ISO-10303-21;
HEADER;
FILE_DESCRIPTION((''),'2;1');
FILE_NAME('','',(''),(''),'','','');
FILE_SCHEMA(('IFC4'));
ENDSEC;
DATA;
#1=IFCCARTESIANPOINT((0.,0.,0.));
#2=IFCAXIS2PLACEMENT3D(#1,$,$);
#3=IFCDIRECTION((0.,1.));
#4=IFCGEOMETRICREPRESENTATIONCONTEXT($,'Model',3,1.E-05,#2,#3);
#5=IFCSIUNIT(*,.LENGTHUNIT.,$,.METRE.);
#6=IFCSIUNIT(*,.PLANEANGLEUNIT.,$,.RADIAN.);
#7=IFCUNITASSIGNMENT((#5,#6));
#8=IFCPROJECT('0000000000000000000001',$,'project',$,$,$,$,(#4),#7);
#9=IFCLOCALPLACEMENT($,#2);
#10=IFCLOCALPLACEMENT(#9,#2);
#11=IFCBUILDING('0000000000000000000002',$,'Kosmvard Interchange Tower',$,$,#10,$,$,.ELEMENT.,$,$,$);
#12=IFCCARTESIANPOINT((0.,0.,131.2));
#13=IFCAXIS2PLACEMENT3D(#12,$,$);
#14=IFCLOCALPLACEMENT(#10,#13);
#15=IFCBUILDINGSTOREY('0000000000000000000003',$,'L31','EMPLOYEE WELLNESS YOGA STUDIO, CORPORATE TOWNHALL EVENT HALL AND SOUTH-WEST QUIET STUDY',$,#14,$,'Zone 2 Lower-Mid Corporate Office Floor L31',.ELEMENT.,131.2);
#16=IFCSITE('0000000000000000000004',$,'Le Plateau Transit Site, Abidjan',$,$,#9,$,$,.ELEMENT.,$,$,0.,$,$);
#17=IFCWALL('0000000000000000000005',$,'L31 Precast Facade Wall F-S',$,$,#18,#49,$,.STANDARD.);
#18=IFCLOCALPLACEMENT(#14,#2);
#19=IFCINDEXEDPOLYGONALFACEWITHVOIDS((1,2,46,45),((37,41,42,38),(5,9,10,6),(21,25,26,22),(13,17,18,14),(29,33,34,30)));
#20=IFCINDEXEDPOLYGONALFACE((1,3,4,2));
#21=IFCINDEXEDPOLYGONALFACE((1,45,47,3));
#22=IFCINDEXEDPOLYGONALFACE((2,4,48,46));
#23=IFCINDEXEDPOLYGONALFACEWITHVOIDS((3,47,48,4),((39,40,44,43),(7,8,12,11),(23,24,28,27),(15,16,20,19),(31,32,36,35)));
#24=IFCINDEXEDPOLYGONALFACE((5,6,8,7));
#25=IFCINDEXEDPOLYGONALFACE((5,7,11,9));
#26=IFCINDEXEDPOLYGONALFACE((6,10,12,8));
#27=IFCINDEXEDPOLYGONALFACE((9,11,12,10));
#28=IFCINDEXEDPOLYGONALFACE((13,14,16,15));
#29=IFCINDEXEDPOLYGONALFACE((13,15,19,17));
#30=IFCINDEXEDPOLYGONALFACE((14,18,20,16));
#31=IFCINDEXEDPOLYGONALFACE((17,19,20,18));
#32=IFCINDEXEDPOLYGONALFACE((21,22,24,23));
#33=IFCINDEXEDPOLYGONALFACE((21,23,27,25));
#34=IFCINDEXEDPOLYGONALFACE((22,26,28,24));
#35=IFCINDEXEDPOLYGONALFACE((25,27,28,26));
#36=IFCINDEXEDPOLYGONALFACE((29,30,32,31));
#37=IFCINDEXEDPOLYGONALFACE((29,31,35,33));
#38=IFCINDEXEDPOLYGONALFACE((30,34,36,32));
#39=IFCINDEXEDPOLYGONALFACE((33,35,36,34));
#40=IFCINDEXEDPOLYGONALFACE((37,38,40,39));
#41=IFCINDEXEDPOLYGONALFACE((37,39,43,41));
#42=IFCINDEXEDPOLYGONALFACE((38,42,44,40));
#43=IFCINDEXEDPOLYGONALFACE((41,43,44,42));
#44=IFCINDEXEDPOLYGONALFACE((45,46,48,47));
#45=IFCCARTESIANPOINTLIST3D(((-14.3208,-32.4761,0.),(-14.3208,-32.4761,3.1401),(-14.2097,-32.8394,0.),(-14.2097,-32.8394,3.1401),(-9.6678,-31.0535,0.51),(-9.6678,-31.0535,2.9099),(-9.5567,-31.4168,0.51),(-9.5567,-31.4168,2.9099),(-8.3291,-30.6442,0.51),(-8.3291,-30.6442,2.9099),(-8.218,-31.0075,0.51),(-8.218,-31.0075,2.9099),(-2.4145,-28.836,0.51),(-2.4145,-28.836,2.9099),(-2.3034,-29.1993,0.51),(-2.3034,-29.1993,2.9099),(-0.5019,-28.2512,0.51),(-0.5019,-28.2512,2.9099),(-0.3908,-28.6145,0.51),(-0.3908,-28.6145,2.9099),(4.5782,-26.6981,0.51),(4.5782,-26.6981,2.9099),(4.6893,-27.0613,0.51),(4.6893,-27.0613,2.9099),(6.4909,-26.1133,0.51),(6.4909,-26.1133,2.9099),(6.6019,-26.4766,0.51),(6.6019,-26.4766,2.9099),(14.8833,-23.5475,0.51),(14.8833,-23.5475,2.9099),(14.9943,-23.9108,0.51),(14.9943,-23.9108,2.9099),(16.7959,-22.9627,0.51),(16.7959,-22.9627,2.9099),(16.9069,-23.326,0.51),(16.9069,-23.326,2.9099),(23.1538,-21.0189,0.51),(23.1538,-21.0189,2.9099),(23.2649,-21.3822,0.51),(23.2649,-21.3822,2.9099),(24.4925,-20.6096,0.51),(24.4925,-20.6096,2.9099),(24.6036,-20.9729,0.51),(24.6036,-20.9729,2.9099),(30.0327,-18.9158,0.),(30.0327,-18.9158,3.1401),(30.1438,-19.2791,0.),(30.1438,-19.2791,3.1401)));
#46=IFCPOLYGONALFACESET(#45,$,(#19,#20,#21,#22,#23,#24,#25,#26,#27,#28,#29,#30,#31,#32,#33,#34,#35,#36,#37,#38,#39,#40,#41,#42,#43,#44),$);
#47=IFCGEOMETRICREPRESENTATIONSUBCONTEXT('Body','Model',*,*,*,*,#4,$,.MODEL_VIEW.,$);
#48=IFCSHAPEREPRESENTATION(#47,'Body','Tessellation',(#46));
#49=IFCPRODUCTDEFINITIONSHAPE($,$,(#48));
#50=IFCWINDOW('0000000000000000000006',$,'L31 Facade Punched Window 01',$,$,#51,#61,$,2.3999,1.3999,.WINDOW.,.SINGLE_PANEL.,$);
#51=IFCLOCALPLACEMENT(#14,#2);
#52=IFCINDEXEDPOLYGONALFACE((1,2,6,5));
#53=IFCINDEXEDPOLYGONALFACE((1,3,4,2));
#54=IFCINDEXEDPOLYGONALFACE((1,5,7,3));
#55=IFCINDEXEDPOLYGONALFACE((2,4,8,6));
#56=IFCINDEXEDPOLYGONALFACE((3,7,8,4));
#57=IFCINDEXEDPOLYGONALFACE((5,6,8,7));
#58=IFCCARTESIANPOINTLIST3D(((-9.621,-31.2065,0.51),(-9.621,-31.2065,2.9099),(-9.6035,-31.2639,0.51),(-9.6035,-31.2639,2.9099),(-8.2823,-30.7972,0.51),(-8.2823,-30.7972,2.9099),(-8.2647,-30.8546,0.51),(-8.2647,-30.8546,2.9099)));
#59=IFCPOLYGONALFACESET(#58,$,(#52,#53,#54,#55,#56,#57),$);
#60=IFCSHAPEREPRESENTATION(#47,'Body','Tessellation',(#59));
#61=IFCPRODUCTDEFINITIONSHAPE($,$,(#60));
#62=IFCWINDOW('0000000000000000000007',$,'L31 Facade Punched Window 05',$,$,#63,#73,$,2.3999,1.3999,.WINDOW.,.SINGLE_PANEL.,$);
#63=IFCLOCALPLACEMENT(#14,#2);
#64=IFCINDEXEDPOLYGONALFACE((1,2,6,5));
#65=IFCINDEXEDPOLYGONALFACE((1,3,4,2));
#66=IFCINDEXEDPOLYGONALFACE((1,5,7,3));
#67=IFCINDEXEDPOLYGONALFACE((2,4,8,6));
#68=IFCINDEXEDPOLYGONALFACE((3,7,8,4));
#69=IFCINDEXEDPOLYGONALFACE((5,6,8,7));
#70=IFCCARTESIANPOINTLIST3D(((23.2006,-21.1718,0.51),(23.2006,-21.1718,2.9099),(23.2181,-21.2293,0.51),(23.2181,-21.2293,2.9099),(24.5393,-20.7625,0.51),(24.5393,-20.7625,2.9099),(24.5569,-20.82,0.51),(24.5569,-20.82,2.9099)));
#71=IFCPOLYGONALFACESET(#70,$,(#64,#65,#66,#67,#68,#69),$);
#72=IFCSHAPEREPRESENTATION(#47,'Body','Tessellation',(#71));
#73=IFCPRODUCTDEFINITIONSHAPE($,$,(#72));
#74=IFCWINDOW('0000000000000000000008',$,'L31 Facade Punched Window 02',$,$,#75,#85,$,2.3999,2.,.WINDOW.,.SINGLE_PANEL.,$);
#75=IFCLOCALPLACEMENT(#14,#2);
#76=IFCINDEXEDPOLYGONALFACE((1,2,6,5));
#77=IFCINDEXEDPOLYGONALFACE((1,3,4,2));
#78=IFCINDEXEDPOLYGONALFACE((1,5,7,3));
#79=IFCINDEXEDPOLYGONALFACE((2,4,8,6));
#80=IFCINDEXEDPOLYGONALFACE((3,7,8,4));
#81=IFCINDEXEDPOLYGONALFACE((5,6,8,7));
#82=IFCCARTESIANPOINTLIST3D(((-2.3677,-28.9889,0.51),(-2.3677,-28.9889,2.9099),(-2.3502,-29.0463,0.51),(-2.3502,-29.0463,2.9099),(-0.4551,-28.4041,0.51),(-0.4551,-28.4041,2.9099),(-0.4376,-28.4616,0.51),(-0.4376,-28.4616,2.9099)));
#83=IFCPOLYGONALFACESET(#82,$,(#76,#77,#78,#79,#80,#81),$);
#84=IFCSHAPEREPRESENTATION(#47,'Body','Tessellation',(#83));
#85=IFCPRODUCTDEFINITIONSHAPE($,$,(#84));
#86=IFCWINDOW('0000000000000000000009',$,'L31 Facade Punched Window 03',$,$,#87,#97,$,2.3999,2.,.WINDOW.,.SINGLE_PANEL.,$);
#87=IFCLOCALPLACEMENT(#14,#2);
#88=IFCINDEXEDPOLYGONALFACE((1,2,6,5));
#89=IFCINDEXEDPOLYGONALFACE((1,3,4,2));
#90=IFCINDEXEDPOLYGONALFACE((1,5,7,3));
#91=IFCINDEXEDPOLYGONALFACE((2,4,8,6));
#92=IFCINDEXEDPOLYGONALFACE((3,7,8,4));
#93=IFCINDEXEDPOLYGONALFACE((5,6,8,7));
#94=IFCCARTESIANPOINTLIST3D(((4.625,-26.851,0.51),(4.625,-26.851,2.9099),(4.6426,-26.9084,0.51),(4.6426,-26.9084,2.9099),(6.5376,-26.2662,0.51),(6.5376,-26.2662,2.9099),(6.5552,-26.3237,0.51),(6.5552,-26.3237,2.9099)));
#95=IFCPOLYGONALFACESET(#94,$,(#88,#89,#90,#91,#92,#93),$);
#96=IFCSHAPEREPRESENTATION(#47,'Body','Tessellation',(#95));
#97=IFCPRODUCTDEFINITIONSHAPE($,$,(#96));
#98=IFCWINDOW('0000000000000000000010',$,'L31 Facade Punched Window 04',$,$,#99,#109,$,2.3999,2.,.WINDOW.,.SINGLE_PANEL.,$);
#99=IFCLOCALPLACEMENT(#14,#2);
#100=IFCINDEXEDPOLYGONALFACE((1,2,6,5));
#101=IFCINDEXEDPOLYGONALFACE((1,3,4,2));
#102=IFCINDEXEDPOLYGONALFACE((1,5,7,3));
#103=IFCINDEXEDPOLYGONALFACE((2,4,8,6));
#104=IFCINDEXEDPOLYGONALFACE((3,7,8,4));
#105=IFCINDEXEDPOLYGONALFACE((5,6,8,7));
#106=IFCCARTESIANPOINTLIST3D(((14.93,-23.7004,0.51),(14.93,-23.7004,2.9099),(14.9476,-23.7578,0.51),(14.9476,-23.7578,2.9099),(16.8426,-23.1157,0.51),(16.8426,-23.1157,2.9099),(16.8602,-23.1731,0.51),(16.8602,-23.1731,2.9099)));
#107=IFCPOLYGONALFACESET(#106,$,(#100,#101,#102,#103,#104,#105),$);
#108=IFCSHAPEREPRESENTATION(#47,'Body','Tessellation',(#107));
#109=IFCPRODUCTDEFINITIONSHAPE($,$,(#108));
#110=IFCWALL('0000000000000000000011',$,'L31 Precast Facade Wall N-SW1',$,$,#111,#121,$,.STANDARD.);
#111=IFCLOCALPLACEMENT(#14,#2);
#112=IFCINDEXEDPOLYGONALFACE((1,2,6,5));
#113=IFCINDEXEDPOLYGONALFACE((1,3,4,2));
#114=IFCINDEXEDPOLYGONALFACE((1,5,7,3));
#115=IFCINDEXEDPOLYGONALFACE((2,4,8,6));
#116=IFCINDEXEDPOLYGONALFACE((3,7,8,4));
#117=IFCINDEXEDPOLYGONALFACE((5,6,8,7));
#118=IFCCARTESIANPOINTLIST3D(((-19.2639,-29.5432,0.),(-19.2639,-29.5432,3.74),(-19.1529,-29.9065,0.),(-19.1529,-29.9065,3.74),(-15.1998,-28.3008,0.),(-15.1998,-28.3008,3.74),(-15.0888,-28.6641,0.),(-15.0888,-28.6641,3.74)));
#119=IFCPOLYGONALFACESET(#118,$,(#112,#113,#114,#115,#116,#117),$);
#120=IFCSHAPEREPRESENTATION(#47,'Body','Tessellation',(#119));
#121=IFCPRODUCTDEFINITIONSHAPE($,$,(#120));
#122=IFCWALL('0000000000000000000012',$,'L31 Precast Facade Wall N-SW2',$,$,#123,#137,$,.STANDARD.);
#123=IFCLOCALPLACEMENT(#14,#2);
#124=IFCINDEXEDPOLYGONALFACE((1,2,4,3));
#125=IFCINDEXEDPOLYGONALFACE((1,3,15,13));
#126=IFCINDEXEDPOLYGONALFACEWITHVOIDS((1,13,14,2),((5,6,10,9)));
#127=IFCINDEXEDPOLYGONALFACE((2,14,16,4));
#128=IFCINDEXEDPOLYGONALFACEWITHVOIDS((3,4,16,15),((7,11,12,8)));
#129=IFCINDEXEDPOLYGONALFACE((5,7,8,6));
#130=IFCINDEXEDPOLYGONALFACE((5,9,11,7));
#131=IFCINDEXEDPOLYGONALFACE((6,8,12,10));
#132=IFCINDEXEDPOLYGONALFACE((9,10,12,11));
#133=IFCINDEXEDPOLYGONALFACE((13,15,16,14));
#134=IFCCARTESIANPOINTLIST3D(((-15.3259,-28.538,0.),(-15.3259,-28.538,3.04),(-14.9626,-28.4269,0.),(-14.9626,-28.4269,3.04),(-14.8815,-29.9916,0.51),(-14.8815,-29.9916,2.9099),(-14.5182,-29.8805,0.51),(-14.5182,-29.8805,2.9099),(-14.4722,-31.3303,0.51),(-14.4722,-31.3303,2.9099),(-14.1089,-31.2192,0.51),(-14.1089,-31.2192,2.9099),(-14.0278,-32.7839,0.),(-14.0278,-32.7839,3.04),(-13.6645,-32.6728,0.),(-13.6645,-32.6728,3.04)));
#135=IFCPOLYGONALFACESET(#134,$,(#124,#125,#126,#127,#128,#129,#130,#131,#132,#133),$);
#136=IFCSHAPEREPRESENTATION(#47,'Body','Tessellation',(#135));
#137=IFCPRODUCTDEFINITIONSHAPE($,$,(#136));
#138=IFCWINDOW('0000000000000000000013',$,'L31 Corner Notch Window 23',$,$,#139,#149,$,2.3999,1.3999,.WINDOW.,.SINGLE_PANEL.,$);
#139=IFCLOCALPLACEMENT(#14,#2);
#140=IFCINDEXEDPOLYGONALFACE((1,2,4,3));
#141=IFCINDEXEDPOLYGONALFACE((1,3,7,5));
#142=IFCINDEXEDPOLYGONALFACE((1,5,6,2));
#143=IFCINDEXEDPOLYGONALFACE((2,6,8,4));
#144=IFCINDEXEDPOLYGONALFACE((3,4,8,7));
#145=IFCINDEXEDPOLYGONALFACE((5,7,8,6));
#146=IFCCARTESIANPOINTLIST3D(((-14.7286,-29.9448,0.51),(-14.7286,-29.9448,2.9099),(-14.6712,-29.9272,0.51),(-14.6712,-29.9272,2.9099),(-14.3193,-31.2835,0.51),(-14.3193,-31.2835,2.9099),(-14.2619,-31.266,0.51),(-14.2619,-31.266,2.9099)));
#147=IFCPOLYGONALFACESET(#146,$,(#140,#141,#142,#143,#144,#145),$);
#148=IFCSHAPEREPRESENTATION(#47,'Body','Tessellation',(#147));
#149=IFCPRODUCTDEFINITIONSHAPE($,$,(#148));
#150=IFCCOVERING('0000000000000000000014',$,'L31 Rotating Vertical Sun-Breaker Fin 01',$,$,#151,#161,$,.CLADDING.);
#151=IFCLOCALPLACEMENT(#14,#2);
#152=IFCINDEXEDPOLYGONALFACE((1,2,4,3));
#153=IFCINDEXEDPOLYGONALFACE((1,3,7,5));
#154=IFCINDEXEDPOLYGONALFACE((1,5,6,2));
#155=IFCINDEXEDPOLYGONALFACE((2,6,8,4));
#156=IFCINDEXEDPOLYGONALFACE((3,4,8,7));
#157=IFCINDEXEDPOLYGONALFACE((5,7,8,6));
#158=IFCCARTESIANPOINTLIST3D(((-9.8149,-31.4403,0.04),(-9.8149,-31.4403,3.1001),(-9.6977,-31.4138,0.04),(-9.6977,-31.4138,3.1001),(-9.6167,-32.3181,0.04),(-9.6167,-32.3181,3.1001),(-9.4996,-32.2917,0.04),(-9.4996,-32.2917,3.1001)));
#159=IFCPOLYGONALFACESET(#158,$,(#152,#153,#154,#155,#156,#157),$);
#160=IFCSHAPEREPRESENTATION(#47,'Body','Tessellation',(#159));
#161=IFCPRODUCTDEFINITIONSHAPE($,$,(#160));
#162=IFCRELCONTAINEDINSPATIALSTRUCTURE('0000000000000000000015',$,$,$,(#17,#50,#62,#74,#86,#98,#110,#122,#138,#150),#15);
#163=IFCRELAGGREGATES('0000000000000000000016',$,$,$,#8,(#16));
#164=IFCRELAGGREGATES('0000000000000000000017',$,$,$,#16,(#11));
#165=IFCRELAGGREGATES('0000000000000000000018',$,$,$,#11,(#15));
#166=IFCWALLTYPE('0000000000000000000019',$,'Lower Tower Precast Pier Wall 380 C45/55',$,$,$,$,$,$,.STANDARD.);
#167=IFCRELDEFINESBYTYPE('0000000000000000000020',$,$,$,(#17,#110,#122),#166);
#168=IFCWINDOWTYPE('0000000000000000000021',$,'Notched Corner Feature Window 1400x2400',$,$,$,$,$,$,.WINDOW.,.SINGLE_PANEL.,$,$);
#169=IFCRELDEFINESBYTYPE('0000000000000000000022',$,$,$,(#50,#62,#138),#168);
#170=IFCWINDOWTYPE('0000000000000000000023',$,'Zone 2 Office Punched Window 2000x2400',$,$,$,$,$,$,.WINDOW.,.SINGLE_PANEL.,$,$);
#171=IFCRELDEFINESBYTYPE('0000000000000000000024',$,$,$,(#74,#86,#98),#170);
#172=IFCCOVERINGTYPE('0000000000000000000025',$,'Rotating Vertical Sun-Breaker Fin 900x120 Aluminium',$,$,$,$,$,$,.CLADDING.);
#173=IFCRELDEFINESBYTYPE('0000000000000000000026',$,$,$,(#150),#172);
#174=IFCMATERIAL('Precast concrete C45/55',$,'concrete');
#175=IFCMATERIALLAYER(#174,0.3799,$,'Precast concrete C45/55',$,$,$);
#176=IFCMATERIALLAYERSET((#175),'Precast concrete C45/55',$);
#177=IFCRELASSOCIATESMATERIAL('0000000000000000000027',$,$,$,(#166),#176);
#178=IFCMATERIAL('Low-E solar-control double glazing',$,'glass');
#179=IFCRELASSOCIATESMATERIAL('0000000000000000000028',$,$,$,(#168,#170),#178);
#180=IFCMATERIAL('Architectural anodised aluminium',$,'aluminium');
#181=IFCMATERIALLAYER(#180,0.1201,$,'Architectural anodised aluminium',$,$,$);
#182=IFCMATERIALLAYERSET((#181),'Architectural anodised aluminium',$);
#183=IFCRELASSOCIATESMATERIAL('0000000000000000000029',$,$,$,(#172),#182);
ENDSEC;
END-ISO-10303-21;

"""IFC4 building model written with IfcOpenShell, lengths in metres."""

from ifc_helpers import new_model, si_unit, direction, frame, frame_2d, origin, origin_2d, place, context, subcontext, project, spatial, rectangle, extrude, source, transform, mapped, material, layer, layer_set, type_object, element, fill, save


model = new_model("IFC4")

# Units and contexts
model_context = context("Model", 3, precision=1e-05, world=origin(), true_north=direction((0.0, 1.0)))
body_context = subcontext(model_context, "Body", "Model", "MODEL_VIEW")
ifc_project = project(units=[si_unit("LENGTHUNIT", "METRE"), si_unit("PLANEANGLEUNIT", "RADIAN")], contexts=[model_context])

# Site, building, storey
site_placement = place(None, origin())
site = spatial("IfcSite", under=ifc_project, at=site_placement, Name="Le Plateau Transit Site, Abidjan", CompositionType="ELEMENT", RefElevation=0.0)
building_placement = place(site_placement, origin())
building = spatial("IfcBuilding", under=site, at=building_placement, Name="Kosmvard Interchange Tower", CompositionType="ELEMENT")
storey_placement = place(building_placement, frame((0.0, 0.0, 131.2)))
storey = spatial("IfcBuildingStorey", under=building, at=storey_placement, Name="L31", Description="EMPLOYEE WELLNESS YOGA STUDIO, CORPORATE TOWNHALL EVENT HALL AND SOUTH-WEST QUIET STUDY", LongName="Zone 2 Lower-Mid Corporate Office Floor L31", CompositionType="ELEMENT", Elevation=131.2)

# Shared definitions
ifc_material_1 = material(Name="Precast concrete C45/55", Category="concrete")

# Wall, openings, windows
ifc_layer_1 = layer(ifc_material_1, 0.3799, Name="Precast concrete C45/55")
ifc_layer_set_1 = layer_set([ifc_layer_1], Name="Precast concrete C45/55")
wall_type_1 = type_object("IfcWallType", Name="Lower Tower Precast Pier Wall 380 C45/55", PredefinedType="STANDARD", material=ifc_layer_set_1)
wall_1_placement = place(storey_placement, frame((-14.2651, -32.6577, 0.0), z_axis=(0.0, 0.0, 1.0), x_axis=(0.956304, 0.292373, 0.0)))
wall_1 = element("IfcWall", 1, at=wall_1_placement, inside=storey, type_object=wall_type_1, Name="L31 Precast Facade Wall F-S", PredefinedType="STANDARD", context=body_context, shape_type="SweptSolid", body=[
    extrude(rectangle(XDim=46.3801, YDim=0.3799, at=frame_2d((23.1899, 0.0))), origin(), (0.0, 0.0, 1.0), 3.1401),
])
opening_1_placement = place(wall_1_placement, frame((4.8655, 0.0, 0.51)))
opening_1 = element("IfcOpeningElement", 2, at=opening_1_placement, cuts=wall_1, PredefinedType="OPENING", context=body_context, shape_type="SweptSolid", body=[
    extrude(rectangle(XDim=1.3999, YDim=2.3999, at=frame_2d((0.7, 1.2))), frame((0.0, 0.2, 0.0), z_axis=(0.0, -1.0, 0.0), x_axis=(1.0, 0.0, 0.0)), (0.0, 0.0, 1.0), 0.3999),
])
opening_2_placement = place(wall_1_placement, frame((12.4502, 0.0, 0.51)))
opening_2 = element("IfcOpeningElement", 3, at=opening_2_placement, cuts=wall_1, PredefinedType="OPENING", context=body_context, shape_type="SweptSolid", body=[
    extrude(rectangle(XDim=2.0, YDim=2.3999, at=frame_2d((1.0, 1.2))), frame((0.0, 0.2, 0.0), z_axis=(0.0, -1.0, 0.0), x_axis=(1.0, 0.0, 0.0)), (0.0, 0.0, 1.0), 0.3999),
])
opening_3_placement = place(wall_1_placement, frame((19.7625, 0.0, 0.51)))
opening_3 = element("IfcOpeningElement", 4, at=opening_3_placement, cuts=wall_1, PredefinedType="OPENING", context=body_context, shape_type="SweptSolid", body=[
    extrude(rectangle(XDim=2.0, YDim=2.3999, at=frame_2d((1.0, 1.2))), frame((0.0, 0.2, 0.0), z_axis=(0.0, -1.0, 0.0), x_axis=(1.0, 0.0, 0.0)), (0.0, 0.0, 1.0), 0.3999),
])
opening_4_placement = place(wall_1_placement, frame((30.5383, 0.0, 0.51)))
opening_4 = element("IfcOpeningElement", 5, at=opening_4_placement, cuts=wall_1, PredefinedType="OPENING", context=body_context, shape_type="SweptSolid", body=[
    extrude(rectangle(XDim=2.0, YDim=2.3999, at=frame_2d((1.0, 1.2))), frame((0.0, 0.2, 0.0), z_axis=(0.0, -1.0, 0.0), x_axis=(1.0, 0.0, 0.0)), (0.0, 0.0, 1.0), 0.3999),
])
opening_5_placement = place(wall_1_placement, frame((39.1868, 0.0, 0.51)))
opening_5 = element("IfcOpeningElement", 6, at=opening_5_placement, cuts=wall_1, PredefinedType="OPENING", context=body_context, shape_type="SweptSolid", body=[
    extrude(rectangle(XDim=1.3999, YDim=2.3999, at=frame_2d((0.7, 1.2))), frame((0.0, 0.2, 0.0), z_axis=(0.0, -1.0, 0.0), x_axis=(1.0, 0.0, 0.0)), (0.0, 0.0, 1.0), 0.3999),
])
ifc_material_2 = material(Name="Low-E solar-control double glazing", Category="glass")
window_type_1 = type_object("IfcWindowType", Name="Notched Corner Feature Window 1400x2400", PartitioningType="SINGLE_PANEL", PredefinedType="WINDOW", material=ifc_material_2)
shared_shape_1 = source(origin(), body_context, "Body", "SweptSolid", [
    extrude(rectangle(XDim=1.3999, YDim=2.3999, at=frame_2d((0.7, 1.2))), frame((0.0, 0.03, 0.0), z_axis=(0.0, -1.0, 0.0), x_axis=(1.0, 0.0, 0.0)), (0.0, 0.0, 1.0), 0.0601),
])
window_1_placement = place(opening_1_placement, origin())
window_1 = element("IfcWindow", 7, at=window_1_placement, inside=storey, type_object=window_type_1, Name="L31 Facade Punched Window 01", OverallHeight=2.3999, OverallWidth=1.3999, PartitioningType="SINGLE_PANEL", PredefinedType="WINDOW", context=body_context, shape_type="MappedRepresentation", body=[
    mapped(shared_shape_1, transform((0.0, 0.0, 0.0), scale=1.0)),
])
fill(opening_1, window_1)
window_2_placement = place(opening_5_placement, origin())
window_2 = element("IfcWindow", 8, at=window_2_placement, inside=storey, type_object=window_type_1, Name="L31 Facade Punched Window 05", OverallHeight=2.3999, OverallWidth=1.3999, PartitioningType="SINGLE_PANEL", PredefinedType="WINDOW", context=body_context, shape_type="MappedRepresentation", body=[
    mapped(shared_shape_1, transform((0.0, 0.0, 0.0), scale=1.0)),
])
fill(opening_5, window_2)
window_type_2 = type_object("IfcWindowType", Name="Zone 2 Office Punched Window 2000x2400", PartitioningType="SINGLE_PANEL", PredefinedType="WINDOW", material=ifc_material_2)
shared_shape_2 = source(origin(), body_context, "Body", "SweptSolid", [
    extrude(rectangle(XDim=2.0, YDim=2.3999, at=frame_2d((1.0, 1.2))), frame((0.0, 0.03, 0.0), z_axis=(0.0, -1.0, 0.0), x_axis=(1.0, 0.0, 0.0)), (0.0, 0.0, 1.0), 0.0601),
])
window_3_placement = place(opening_2_placement, origin())
window_3 = element("IfcWindow", 9, at=window_3_placement, inside=storey, type_object=window_type_2, Name="L31 Facade Punched Window 02", OverallHeight=2.3999, OverallWidth=2.0, PartitioningType="SINGLE_PANEL", PredefinedType="WINDOW", context=body_context, shape_type="MappedRepresentation", body=[
    mapped(shared_shape_2, transform((0.0, 0.0, 0.0), scale=1.0)),
])
fill(opening_2, window_3)
window_4_placement = place(opening_3_placement, origin())
window_4 = element("IfcWindow", 10, at=window_4_placement, inside=storey, type_object=window_type_2, Name="L31 Facade Punched Window 03", OverallHeight=2.3999, OverallWidth=2.0, PartitioningType="SINGLE_PANEL", PredefinedType="WINDOW", context=body_context, shape_type="MappedRepresentation", body=[
    mapped(shared_shape_2, transform((0.0, 0.0, 0.0), scale=1.0)),
])
fill(opening_3, window_4)
window_5_placement = place(opening_4_placement, origin())
window_5 = element("IfcWindow", 11, at=window_5_placement, inside=storey, type_object=window_type_2, Name="L31 Facade Punched Window 04", OverallHeight=2.3999, OverallWidth=2.0, PartitioningType="SINGLE_PANEL", PredefinedType="WINDOW", context=body_context, shape_type="MappedRepresentation", body=[
    mapped(shared_shape_2, transform((0.0, 0.0, 0.0), scale=1.0)),
])
fill(opening_4, window_5)

# Wall
wall_2_placement = place(storey_placement, frame((-19.2085, -29.7249, 0.0), z_axis=(0.0, 0.0, 1.0), x_axis=(0.956313, 0.292346, 0.0)))
element("IfcWall", 12, at=wall_2_placement, inside=storey, type_object=wall_type_1, Name="L31 Precast Facade Wall N-SW1", PredefinedType="STANDARD", context=body_context, shape_type="SweptSolid", body=[
    extrude(rectangle(XDim=4.2498, YDim=0.3799, at=frame_2d((2.125, 0.0))), origin(), (0.0, 0.0, 1.0), 3.74),
])

# Wall, opening, window
wall_3_placement = place(storey_placement, frame((-15.1443, -28.4824, 0.0), z_axis=(0.0, 0.0, 1.0), x_axis=(0.292374, -0.956304, 0.0)))
wall_3 = element("IfcWall", 13, at=wall_3_placement, inside=storey, type_object=wall_type_1, Name="L31 Precast Facade Wall N-SW2", PredefinedType="STANDARD", context=body_context, shape_type="SweptSolid", body=[
    extrude(rectangle(XDim=4.4399, YDim=0.3799, at=frame_2d((2.22, 0.0))), origin(), (0.0, 0.0, 1.0), 3.04),
])
opening_6_placement = place(wall_3_placement, frame((1.52, 0.0, 0.51)))
opening_6 = element("IfcOpeningElement", 14, at=opening_6_placement, cuts=wall_3, PredefinedType="OPENING", context=body_context, shape_type="SweptSolid", body=[
    extrude(rectangle(XDim=1.3999, YDim=2.3999, at=frame_2d((0.7, 1.2))), frame((0.0, 0.2, 0.0), z_axis=(0.0, -1.0, 0.0), x_axis=(1.0, 0.0, 0.0)), (0.0, 0.0, 1.0), 0.3999),
])
window_6_placement = place(opening_6_placement, origin())
window_6 = element("IfcWindow", 15, at=window_6_placement, inside=storey, type_object=window_type_1, Name="L31 Corner Notch Window 23", OverallHeight=2.3999, OverallWidth=1.3999, PartitioningType="SINGLE_PANEL", PredefinedType="WINDOW", context=body_context, shape_type="MappedRepresentation", body=[
    mapped(shared_shape_1, transform((0.0, 0.0, 0.0), scale=1.0)),
])
fill(opening_6, window_6)

# Covering
ifc_material_3 = material(Name="Architectural anodised aluminium", Category="aluminium")
ifc_layer_2 = layer(ifc_material_3, 0.1201, Name="Architectural anodised aluminium")
ifc_layer_set_2 = layer_set([ifc_layer_2], Name="Architectural anodised aluminium")
covering_type = type_object("IfcCoveringType", Name="Rotating Vertical Sun-Breaker Fin 900x120 Aluminium", PredefinedType="CLADDING", material=ifc_layer_set_2)
shared_shape_3 = source(origin(), body_context, "Body", "SweptSolid", [
    extrude(rectangle(XDim=0.8999, YDim=0.1201, at=origin_2d()), origin(), (0.0, 0.0, 1.0), 3.0601),
])
for number, where, z_axis, x_axis, name in (
    (16, (-9.6572, -31.866, 0.04), (0.0, 0.0, 1.0), (0.220187, -0.975458, 0.0), "L31 Rotating Vertical Sun-Breaker Fin 01"),
):
    element("IfcCovering", number, at=place(storey_placement, frame(where, z_axis=z_axis, x_axis=x_axis)), inside=storey, type_object=covering_type, Name=name, PredefinedType="CLADDING", context=body_context, shape_type="MappedRepresentation", body=[
        mapped(shared_shape_3, transform((0.0, 0.0, 0.0), scale=1.0)),
    ])

save(model, "model.ifc")
